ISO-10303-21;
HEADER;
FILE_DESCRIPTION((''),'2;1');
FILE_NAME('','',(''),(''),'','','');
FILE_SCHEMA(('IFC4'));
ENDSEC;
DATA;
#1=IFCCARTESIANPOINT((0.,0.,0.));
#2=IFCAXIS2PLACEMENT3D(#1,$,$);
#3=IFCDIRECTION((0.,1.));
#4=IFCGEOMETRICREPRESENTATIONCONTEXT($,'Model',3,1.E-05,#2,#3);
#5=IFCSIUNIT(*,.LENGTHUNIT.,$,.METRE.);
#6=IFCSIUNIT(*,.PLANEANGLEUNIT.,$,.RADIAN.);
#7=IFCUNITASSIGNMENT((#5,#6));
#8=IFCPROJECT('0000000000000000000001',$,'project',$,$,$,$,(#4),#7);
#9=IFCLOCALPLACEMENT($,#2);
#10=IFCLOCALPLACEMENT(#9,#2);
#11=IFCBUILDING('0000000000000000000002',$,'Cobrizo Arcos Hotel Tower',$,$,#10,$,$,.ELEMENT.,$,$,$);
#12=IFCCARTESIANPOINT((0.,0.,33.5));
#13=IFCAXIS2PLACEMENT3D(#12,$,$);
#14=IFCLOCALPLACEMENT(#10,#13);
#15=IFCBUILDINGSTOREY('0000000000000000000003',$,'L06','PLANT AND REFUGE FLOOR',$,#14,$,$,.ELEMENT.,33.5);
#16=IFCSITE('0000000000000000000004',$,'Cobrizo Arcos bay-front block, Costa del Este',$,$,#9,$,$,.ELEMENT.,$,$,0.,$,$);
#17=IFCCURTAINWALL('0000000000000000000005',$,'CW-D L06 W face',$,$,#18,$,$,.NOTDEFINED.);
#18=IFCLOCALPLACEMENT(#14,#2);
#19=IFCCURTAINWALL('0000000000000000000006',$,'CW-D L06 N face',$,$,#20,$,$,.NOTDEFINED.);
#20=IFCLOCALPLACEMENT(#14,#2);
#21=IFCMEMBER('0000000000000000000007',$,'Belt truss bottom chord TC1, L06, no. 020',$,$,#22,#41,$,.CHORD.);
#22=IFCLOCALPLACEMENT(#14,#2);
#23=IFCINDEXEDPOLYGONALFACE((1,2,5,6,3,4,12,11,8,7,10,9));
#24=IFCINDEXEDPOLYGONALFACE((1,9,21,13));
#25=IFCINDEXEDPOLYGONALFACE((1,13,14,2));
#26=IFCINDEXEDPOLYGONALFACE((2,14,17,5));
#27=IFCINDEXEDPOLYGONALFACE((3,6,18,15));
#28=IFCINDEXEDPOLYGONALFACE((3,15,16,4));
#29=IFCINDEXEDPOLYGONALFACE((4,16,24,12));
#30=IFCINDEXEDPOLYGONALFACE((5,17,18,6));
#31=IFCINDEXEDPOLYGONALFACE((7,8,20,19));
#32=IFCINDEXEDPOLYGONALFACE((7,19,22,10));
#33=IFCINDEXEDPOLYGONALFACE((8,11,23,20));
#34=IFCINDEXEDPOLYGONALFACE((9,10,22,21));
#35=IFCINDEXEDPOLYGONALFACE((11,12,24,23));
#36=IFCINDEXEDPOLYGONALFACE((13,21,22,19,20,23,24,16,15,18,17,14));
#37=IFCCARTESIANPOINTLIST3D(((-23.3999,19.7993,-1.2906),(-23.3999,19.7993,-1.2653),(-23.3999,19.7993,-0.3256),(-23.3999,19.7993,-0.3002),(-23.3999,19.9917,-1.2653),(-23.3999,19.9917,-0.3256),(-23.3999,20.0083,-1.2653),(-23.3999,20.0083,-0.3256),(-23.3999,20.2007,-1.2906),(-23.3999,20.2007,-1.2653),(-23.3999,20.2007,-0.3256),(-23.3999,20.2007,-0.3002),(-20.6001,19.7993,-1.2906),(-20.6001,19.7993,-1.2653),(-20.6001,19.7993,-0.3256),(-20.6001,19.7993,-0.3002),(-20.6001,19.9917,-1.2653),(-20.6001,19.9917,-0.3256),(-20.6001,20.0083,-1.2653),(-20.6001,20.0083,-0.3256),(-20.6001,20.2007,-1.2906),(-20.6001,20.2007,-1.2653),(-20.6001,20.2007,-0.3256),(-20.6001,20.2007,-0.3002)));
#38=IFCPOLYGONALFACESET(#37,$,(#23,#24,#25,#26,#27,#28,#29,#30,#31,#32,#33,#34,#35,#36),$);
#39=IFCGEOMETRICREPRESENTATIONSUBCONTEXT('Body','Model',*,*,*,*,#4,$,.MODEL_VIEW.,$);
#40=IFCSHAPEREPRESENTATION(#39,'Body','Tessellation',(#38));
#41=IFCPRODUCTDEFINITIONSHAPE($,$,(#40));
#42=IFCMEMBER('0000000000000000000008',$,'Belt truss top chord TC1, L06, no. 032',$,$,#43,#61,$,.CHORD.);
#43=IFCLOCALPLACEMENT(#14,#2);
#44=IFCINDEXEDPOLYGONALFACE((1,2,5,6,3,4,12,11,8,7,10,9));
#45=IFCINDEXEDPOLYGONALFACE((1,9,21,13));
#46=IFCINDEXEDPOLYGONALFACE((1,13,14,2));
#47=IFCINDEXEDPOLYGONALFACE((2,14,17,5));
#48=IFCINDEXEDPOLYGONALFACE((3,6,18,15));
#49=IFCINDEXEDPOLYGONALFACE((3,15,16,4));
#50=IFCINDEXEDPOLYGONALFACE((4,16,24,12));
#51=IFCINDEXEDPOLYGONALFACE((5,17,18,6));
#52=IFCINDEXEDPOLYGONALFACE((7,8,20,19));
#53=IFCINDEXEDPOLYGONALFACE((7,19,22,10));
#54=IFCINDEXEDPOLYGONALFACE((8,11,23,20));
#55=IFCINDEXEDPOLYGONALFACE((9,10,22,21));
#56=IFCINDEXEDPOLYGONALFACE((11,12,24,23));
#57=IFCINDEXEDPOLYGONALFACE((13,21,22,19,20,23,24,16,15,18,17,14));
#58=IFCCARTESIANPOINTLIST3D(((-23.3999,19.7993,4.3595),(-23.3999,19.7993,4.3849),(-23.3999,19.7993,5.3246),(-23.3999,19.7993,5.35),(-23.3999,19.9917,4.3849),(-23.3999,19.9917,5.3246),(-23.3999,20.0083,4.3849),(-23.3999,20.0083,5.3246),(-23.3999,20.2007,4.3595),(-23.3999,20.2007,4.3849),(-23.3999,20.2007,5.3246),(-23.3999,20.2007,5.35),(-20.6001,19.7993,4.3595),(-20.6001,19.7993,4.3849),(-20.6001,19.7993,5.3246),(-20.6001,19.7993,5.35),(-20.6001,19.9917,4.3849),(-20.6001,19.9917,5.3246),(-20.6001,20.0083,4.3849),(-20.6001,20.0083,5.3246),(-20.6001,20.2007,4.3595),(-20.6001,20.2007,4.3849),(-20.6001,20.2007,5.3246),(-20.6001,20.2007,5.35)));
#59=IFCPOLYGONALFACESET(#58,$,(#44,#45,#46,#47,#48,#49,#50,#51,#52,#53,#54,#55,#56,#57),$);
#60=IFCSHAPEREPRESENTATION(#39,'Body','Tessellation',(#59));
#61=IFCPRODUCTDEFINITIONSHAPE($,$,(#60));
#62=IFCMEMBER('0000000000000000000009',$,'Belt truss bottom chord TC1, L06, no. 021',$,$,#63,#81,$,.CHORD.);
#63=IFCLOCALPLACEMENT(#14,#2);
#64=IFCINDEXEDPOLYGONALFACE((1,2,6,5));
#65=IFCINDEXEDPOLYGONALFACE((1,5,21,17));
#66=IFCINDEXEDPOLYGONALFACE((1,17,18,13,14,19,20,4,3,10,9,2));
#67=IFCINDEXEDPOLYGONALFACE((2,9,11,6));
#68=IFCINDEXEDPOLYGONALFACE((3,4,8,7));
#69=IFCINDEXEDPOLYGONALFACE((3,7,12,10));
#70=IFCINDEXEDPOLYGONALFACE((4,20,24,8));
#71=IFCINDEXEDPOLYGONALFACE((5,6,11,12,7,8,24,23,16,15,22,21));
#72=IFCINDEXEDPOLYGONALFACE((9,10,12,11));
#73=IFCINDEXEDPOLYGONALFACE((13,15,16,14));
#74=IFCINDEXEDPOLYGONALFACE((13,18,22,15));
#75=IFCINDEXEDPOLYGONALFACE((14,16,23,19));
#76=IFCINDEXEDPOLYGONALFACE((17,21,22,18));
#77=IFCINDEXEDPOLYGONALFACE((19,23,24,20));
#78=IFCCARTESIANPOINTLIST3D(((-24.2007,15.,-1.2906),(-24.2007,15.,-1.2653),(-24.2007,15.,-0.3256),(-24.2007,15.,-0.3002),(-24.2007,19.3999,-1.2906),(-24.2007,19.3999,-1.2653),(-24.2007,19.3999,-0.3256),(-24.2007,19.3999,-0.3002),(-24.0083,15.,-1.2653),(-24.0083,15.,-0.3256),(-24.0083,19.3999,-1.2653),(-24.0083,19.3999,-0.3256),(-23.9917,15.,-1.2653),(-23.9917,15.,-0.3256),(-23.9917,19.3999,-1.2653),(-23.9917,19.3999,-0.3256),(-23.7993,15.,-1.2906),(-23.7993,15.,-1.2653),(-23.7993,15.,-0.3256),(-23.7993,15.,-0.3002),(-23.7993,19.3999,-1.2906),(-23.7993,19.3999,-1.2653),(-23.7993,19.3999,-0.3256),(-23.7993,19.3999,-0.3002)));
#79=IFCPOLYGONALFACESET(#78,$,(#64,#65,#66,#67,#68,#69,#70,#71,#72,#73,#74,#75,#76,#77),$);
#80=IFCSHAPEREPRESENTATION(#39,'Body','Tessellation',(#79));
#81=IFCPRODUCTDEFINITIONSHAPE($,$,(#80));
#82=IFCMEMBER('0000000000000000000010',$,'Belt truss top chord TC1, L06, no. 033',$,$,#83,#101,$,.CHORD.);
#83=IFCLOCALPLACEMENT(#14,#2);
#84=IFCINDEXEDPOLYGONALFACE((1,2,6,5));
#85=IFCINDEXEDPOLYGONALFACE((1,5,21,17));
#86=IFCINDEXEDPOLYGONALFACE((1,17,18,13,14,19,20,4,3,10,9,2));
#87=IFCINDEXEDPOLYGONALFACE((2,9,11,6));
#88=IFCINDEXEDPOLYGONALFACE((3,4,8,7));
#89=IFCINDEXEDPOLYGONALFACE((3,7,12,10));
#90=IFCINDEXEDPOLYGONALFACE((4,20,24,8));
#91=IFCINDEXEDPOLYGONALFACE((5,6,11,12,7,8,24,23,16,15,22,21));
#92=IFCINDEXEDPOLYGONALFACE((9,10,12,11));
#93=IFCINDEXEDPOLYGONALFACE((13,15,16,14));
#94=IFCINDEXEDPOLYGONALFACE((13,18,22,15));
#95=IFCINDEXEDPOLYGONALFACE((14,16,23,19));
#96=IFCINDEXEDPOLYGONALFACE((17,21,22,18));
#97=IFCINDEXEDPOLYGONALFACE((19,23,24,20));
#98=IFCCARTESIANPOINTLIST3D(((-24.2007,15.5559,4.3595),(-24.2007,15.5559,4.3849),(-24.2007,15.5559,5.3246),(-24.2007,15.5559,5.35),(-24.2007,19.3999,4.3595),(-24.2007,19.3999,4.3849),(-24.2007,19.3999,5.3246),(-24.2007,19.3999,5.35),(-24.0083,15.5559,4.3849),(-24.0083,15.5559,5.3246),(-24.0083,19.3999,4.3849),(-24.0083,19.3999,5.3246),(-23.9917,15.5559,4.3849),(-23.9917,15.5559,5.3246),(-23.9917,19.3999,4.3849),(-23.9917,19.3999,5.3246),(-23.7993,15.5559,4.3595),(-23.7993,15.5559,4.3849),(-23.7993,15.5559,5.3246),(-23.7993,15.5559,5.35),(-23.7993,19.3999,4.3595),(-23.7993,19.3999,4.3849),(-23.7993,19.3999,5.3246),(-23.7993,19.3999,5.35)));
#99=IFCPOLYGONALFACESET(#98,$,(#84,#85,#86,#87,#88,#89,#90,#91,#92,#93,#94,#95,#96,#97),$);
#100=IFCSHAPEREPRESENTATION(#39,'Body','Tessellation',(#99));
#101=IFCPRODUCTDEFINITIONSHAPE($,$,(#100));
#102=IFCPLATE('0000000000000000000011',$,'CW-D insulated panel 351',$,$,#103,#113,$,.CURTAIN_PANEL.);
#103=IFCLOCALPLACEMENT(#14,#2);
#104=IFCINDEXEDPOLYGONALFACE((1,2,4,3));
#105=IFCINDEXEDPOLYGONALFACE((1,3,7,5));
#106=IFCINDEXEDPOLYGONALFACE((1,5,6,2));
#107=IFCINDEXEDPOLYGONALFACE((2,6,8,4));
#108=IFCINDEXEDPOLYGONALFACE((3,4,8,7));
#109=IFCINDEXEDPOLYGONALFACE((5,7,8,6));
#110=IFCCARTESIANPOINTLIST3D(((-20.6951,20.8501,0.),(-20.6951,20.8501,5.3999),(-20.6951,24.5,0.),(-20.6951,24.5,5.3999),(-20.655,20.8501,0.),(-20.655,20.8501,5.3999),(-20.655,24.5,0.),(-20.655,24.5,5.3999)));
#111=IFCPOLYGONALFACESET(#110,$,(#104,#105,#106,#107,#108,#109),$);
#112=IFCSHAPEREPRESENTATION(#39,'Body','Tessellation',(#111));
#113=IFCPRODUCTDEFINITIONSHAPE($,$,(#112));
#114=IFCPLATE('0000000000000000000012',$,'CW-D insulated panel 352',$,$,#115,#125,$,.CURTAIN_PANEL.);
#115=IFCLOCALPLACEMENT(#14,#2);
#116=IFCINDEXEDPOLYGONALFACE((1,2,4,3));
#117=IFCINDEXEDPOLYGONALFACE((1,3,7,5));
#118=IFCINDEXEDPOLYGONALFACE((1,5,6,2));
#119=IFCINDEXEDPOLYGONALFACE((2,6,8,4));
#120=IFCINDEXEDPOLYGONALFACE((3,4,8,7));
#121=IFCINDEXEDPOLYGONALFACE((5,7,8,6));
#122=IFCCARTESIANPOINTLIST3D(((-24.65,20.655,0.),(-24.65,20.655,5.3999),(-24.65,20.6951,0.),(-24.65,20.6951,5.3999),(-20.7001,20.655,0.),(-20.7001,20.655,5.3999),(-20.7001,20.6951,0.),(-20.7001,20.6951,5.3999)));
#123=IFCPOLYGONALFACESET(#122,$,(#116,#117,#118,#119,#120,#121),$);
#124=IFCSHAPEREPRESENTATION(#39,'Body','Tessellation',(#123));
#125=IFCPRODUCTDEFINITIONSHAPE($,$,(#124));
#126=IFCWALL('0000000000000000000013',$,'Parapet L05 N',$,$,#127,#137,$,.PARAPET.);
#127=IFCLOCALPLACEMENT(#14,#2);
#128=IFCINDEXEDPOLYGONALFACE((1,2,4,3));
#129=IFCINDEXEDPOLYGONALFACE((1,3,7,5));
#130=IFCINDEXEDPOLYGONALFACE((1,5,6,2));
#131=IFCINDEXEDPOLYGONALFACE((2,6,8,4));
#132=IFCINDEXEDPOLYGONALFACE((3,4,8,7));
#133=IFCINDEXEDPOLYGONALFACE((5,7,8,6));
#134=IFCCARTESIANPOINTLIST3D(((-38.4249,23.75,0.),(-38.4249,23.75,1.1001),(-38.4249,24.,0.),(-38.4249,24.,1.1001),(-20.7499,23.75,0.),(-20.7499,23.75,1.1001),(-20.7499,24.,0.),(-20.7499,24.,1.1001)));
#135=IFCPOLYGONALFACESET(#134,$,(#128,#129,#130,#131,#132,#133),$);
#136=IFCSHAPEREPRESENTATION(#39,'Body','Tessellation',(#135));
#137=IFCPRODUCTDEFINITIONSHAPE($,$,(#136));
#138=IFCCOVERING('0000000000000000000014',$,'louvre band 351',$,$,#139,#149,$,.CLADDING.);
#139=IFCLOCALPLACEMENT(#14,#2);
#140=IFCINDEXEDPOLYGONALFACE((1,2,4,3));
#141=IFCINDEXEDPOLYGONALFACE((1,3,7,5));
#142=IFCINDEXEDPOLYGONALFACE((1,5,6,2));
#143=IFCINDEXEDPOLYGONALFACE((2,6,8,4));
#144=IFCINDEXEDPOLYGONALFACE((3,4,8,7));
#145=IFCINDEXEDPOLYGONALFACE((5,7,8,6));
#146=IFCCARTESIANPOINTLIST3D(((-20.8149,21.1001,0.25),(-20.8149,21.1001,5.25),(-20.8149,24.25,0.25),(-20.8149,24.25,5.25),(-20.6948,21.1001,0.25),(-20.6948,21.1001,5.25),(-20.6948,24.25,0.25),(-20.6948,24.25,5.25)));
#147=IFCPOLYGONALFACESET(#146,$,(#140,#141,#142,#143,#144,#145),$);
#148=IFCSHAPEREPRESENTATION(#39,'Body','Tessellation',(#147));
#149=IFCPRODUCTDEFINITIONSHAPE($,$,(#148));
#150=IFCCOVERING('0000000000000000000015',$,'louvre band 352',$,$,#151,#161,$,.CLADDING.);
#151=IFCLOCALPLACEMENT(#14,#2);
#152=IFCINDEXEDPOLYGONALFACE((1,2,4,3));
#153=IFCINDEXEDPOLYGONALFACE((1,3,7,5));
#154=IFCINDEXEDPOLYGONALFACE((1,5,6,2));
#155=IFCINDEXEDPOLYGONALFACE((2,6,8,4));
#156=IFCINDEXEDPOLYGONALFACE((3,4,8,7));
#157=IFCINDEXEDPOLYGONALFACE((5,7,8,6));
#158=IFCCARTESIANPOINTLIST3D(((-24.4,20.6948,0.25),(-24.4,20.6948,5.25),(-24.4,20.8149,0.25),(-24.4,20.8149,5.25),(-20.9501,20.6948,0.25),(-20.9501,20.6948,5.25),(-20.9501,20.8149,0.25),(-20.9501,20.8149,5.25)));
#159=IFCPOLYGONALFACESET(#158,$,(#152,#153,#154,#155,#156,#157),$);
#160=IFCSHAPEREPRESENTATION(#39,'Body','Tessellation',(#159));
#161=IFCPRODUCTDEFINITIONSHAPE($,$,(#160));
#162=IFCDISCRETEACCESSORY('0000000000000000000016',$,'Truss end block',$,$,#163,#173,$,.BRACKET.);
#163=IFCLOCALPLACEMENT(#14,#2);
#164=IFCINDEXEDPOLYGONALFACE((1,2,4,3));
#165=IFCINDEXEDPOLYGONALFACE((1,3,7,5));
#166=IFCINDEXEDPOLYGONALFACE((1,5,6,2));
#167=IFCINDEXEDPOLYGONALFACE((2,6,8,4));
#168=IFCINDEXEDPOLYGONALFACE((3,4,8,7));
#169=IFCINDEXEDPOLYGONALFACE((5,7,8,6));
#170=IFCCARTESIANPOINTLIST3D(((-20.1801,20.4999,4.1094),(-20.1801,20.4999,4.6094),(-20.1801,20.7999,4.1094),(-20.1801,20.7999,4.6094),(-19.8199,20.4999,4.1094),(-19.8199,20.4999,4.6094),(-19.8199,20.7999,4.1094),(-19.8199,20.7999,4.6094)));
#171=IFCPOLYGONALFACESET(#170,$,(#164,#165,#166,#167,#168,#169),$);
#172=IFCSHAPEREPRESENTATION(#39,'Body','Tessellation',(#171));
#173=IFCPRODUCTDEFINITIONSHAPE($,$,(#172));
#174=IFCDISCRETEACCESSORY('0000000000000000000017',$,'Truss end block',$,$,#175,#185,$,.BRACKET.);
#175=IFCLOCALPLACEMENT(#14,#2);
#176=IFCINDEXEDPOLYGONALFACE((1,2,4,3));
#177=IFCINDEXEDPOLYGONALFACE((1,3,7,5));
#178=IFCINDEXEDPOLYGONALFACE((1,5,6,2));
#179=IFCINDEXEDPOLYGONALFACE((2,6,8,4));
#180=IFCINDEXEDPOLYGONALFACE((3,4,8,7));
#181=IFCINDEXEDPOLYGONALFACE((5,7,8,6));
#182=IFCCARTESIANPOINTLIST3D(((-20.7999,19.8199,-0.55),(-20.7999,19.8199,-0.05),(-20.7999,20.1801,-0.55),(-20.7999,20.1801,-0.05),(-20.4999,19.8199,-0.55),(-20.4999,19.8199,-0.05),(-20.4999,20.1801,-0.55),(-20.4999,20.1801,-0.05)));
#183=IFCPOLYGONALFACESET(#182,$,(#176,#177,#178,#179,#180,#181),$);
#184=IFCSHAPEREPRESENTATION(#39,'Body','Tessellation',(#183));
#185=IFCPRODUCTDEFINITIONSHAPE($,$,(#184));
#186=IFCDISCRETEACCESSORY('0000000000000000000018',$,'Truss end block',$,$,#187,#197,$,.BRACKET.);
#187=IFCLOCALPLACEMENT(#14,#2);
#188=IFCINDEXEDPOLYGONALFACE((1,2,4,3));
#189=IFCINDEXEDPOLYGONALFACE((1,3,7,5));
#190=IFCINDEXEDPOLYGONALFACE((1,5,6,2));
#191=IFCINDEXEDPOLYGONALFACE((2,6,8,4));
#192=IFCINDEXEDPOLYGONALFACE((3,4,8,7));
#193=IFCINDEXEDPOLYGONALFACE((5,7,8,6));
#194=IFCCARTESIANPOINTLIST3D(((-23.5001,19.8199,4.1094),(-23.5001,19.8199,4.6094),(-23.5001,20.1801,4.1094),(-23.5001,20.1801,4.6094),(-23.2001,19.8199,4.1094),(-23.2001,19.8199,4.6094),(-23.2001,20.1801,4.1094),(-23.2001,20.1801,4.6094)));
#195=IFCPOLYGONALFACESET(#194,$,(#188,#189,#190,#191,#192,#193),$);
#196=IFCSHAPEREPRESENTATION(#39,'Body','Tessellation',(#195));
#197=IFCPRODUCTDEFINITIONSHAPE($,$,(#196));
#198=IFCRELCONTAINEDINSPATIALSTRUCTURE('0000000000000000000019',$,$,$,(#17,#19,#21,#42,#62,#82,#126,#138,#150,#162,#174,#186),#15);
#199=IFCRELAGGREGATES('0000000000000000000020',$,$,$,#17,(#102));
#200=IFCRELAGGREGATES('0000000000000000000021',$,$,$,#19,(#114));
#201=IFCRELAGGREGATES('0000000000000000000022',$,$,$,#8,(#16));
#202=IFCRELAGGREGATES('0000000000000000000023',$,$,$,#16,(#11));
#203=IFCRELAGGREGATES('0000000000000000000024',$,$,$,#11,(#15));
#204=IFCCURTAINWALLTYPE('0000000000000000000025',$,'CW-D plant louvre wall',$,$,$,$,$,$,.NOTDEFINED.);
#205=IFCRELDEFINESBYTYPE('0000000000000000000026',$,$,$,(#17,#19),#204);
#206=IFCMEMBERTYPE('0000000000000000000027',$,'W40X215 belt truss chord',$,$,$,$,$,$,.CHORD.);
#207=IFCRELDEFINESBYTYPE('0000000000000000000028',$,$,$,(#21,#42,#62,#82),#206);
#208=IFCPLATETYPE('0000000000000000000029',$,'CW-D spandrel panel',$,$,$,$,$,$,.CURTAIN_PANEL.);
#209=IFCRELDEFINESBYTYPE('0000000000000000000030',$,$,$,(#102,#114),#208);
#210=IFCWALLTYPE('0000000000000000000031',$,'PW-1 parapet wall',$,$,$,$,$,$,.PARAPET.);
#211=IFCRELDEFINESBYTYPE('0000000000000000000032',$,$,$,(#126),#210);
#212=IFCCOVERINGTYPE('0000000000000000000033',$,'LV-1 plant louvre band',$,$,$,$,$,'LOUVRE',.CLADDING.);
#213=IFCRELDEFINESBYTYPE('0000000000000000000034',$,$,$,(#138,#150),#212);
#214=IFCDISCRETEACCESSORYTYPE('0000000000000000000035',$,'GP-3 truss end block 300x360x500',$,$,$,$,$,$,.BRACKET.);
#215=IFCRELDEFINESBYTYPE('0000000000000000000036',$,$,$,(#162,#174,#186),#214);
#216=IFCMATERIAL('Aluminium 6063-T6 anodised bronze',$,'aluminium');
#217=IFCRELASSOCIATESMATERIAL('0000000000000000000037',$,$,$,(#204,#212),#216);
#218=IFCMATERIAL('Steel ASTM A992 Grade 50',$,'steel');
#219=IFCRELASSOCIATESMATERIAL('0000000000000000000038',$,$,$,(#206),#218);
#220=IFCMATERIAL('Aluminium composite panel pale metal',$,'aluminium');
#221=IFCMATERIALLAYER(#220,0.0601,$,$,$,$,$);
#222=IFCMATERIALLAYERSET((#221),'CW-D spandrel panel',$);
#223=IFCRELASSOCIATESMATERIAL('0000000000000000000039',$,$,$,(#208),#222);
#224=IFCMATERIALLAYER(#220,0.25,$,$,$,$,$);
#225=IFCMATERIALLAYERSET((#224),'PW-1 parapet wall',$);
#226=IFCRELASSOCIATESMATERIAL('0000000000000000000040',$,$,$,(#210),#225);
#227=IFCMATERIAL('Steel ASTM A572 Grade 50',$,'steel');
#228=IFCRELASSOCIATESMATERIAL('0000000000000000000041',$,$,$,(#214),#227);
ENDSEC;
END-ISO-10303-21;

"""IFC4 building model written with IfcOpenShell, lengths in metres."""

from ifc_helpers import new_model, si_unit, direction, frame, frame_2d, origin, origin_2d, place, context, subcontext, project, spatial, rectangle, i_section, extrude, material, layer, layer_set, material_profile, profile_set, type_object, element, aggregate, save


model = new_model("IFC4")

# Units and contexts
model_context = context("Model", 3, precision=1e-05, world=origin(), true_north=direction((0.0, 1.0)))
body_context = subcontext(model_context, "Body", "Model", "MODEL_VIEW")
ifc_project = project(units=[si_unit("LENGTHUNIT", "METRE"), si_unit("PLANEANGLEUNIT", "RADIAN")], contexts=[model_context])

# Site, building, storey
site_placement = place(None, origin())
site = spatial("IfcSite", under=ifc_project, at=site_placement, Name="Cobrizo Arcos bay-front block, Costa del Este", CompositionType="ELEMENT", RefElevation=0.0)
building_placement = place(site_placement, origin())
building = spatial("IfcBuilding", under=site, at=building_placement, Name="Cobrizo Arcos Hotel Tower", CompositionType="ELEMENT")
storey_placement = place(building_placement, frame((0.0, 0.0, 33.5)))
storey = spatial("IfcBuildingStorey", under=building, at=storey_placement, Name="L06", Description="PLANT AND REFUGE FLOOR", CompositionType="ELEMENT", Elevation=33.5)

# Shared definitions
ifc_material_1 = material(Name="Steel ASTM A572 Grade 50", Category="steel")

# Shared definitions
ifc_material_2 = material(Name="Aluminium 6063-T6 anodised bronze", Category="aluminium")
curtain_wall_type = type_object("IfcCurtainWallType", Name="CW-D plant louvre wall", PredefinedType="NOTDEFINED", material=ifc_material_2)

# Curtain wall
curtain_wall_1_placement = place(storey_placement, origin())
curtain_wall_1 = element("IfcCurtainWall", 1, at=curtain_wall_1_placement, inside=storey, type_object=curtain_wall_type, Name="CW-D L06 W face", PredefinedType="NOTDEFINED")

# Curtain wall
curtain_wall_2_placement = place(storey_placement, origin())
curtain_wall_2 = element("IfcCurtainWall", 2, at=curtain_wall_2_placement, inside=storey, type_object=curtain_wall_type, Name="CW-D L06 N face", PredefinedType="NOTDEFINED")

# Shared definitions
ifc_material_3 = material(Name="Steel ASTM A992 Grade 50", Category="steel")

# Members
ifc_material_profile_1 = material_profile(ifc_material_3, i_section(OverallWidth=0.4014, OverallDepth=0.9905, WebThickness=0.0166, FlangeThickness=0.0254, at=origin_2d()), Name="W40X215")
ifc_profile_set_1 = profile_set([ifc_material_profile_1], Name="Steel ASTM A992 Grade 50")
member_type_1 = type_object("IfcMemberType", Name="W40X215 belt truss chord", PredefinedType="CHORD", material=ifc_profile_set_1)
for number, where, z_axis, x_axis, name in (
    (3, (-20.6001, 20.0, -0.7954), (-1.0, 0.0, 0.0), (0.0, -1.0, 0.0), "Belt truss bottom chord TC1, L06, no. 020"),
    (4, (-20.6001, 20.0, 4.8547), (-1.0, 0.0, 0.0), (0.0, -1.0, 0.0), "Belt truss top chord TC1, L06, no. 032"),
):
    element("IfcMember", number, at=place(storey_placement, frame(where, z_axis=z_axis, x_axis=x_axis)), inside=storey, type_object=member_type_1, Name=name, PredefinedType="CHORD", context=body_context, shape_type="SweptSolid", body=[
        extrude(i_section(OverallWidth=0.4014, OverallDepth=0.9905, WebThickness=0.0166, FlangeThickness=0.0254, at=origin_2d()), origin(), (0.0, 0.0, 1.0), 2.7998),
    ])
member_1_placement = place(storey_placement, frame((-24.0, 19.3999, -0.7954), z_axis=(0.0, -1.0, 0.0), x_axis=(1.0, 0.0, 0.0)))
element("IfcMember", 5, at=member_1_placement, inside=storey, type_object=member_type_1, Name="Belt truss bottom chord TC1, L06, no. 021", PredefinedType="CHORD", context=body_context, shape_type="SweptSolid", body=[
    extrude(i_section(OverallWidth=0.4014, OverallDepth=0.9905, WebThickness=0.0166, FlangeThickness=0.0254, at=origin_2d()), origin(), (0.0, 0.0, 1.0), 4.3999),
])
member_2_placement = place(storey_placement, frame((-24.0, 19.3999, 4.8547), z_axis=(0.0, -1.0, 0.0), x_axis=(1.0, 0.0, 0.0)))
element("IfcMember", 6, at=member_2_placement, inside=storey, type_object=member_type_1, Name="Belt truss top chord TC1, L06, no. 033", PredefinedType="CHORD", context=body_context, shape_type="SweptSolid", body=[
    extrude(i_section(OverallWidth=0.4014, OverallDepth=0.9905, WebThickness=0.0166, FlangeThickness=0.0254, at=origin_2d()), origin(), (0.0, 0.0, 1.0), 3.844),
])

# Plates
ifc_material_4 = material(Name="Aluminium composite panel pale metal", Category="aluminium")
ifc_layer_1 = layer(ifc_material_4, 0.0601)
ifc_layer_set_1 = layer_set([ifc_layer_1], Name="CW-D spandrel panel")
plate_type = type_object("IfcPlateType", Name="CW-D spandrel panel", PredefinedType="CURTAIN_PANEL", material=ifc_layer_set_1)
plate_1_placement = place(storey_placement, frame((-20.675, 22.675, 0.0), z_axis=(0.0, 0.0, 1.0), x_axis=(0.0, -1.0, 0.0)))
plate_1 = element("IfcPlate", 7, at=plate_1_placement, type_object=plate_type, Name="CW-D insulated panel 351", PredefinedType="CURTAIN_PANEL", context=body_context, shape_type="SweptSolid", body=[
    extrude(rectangle(XDim=3.6499, YDim=0.04, at=origin_2d()), origin(), (0.0, 0.0, 1.0), 5.3999),
])
aggregate(curtain_wall_1, [plate_1])
plate_2_placement = place(storey_placement, frame((-22.675, 20.675, 0.0), z_axis=(0.0, 0.0, 1.0), x_axis=(-1.0, 0.0, 0.0)))
plate_2 = element("IfcPlate", 8, at=plate_2_placement, type_object=plate_type, Name="CW-D insulated panel 352", PredefinedType="CURTAIN_PANEL", context=body_context, shape_type="SweptSolid", body=[
    extrude(rectangle(XDim=3.95, YDim=0.04, at=origin_2d()), origin(), (0.0, 0.0, 1.0), 5.3999),
])
aggregate(curtain_wall_2, [plate_2])

# Wall
ifc_layer_2 = layer(ifc_material_4, 0.25)
ifc_layer_set_2 = layer_set([ifc_layer_2], Name="PW-1 parapet wall")
wall_type = type_object("IfcWallType", Name="PW-1 parapet wall", PredefinedType="PARAPET", material=ifc_layer_set_2)
wall_placement = place(storey_placement, frame((-20.75, 23.875, 0.0), z_axis=(0.0, 0.0, 1.0), x_axis=(-1.0, 0.0, 0.0)))
element("IfcWall", 9, at=wall_placement, inside=storey, type_object=wall_type, Name="Parapet L05 N", PredefinedType="PARAPET", context=body_context, shape_type="SweptSolid", body=[
    extrude(rectangle(XDim=17.675, YDim=0.25, at=frame_2d((8.8374, 0.0))), origin(), (0.0, 0.0, 1.0), 1.1001),
])

# Coverings
covering_type = type_object("IfcCoveringType", Name="LV-1 plant louvre band", ElementType="LOUVRE", PredefinedType="CLADDING", material=ifc_material_2)
covering_1_placement = place(storey_placement, frame((-20.7549, 22.675, 0.25), z_axis=(0.0, 0.0, 1.0), x_axis=(0.0, -1.0, 0.0)))
element("IfcCovering", 10, at=covering_1_placement, inside=storey, type_object=covering_type, Name="louvre band 351", PredefinedType="CLADDING", context=body_context, shape_type="SweptSolid", body=[
    extrude(rectangle(XDim=3.1499, YDim=0.1201, at=origin_2d()), origin(), (0.0, 0.0, 1.0), 5.0),
])
covering_2_placement = place(storey_placement, frame((-22.675, 20.7549, 0.25), z_axis=(0.0, 0.0, 1.0), x_axis=(-1.0, 0.0, 0.0)))
element("IfcCovering", 11, at=covering_2_placement, inside=storey, type_object=covering_type, Name="louvre band 352", PredefinedType="CLADDING", context=body_context, shape_type="SweptSolid", body=[
    extrude(rectangle(XDim=3.45, YDim=0.1201, at=origin_2d()), origin(), (0.0, 0.0, 1.0), 5.0),
])

# Discrete accessories
discrete_accessory_type_1 = type_object("IfcDiscreteAccessoryType", Name="GP-3 truss end block 300x360x500", PredefinedType="BRACKET", material=ifc_material_1)
for number, where, z_axis, x_axis, name in (
    (12, (-20.0, 20.6499, 4.1094), (0.0, 0.0, 1.0), (0.0, 1.0, 0.0), "Truss end block"),
    (13, (-20.6499, 20.0, -0.55), (0.0, 0.0, 1.0), (-1.0, 0.0, 0.0), "Truss end block"),
    (14, (-23.3501, 20.0, 4.1094), (0.0, 0.0, 1.0), (1.0, 0.0, 0.0), "Truss end block"),
):
    element("IfcDiscreteAccessory", number, at=place(storey_placement, frame(where, z_axis=z_axis, x_axis=x_axis)), inside=storey, type_object=discrete_accessory_type_1, Name=name, PredefinedType="BRACKET", context=body_context, shape_type="SweptSolid", body=[
        extrude(rectangle(XDim=0.3, YDim=0.3601, at=origin_2d()), origin(), (0.0, 0.0, 1.0), 0.5),
    ])

save(model, "model.ifc")
